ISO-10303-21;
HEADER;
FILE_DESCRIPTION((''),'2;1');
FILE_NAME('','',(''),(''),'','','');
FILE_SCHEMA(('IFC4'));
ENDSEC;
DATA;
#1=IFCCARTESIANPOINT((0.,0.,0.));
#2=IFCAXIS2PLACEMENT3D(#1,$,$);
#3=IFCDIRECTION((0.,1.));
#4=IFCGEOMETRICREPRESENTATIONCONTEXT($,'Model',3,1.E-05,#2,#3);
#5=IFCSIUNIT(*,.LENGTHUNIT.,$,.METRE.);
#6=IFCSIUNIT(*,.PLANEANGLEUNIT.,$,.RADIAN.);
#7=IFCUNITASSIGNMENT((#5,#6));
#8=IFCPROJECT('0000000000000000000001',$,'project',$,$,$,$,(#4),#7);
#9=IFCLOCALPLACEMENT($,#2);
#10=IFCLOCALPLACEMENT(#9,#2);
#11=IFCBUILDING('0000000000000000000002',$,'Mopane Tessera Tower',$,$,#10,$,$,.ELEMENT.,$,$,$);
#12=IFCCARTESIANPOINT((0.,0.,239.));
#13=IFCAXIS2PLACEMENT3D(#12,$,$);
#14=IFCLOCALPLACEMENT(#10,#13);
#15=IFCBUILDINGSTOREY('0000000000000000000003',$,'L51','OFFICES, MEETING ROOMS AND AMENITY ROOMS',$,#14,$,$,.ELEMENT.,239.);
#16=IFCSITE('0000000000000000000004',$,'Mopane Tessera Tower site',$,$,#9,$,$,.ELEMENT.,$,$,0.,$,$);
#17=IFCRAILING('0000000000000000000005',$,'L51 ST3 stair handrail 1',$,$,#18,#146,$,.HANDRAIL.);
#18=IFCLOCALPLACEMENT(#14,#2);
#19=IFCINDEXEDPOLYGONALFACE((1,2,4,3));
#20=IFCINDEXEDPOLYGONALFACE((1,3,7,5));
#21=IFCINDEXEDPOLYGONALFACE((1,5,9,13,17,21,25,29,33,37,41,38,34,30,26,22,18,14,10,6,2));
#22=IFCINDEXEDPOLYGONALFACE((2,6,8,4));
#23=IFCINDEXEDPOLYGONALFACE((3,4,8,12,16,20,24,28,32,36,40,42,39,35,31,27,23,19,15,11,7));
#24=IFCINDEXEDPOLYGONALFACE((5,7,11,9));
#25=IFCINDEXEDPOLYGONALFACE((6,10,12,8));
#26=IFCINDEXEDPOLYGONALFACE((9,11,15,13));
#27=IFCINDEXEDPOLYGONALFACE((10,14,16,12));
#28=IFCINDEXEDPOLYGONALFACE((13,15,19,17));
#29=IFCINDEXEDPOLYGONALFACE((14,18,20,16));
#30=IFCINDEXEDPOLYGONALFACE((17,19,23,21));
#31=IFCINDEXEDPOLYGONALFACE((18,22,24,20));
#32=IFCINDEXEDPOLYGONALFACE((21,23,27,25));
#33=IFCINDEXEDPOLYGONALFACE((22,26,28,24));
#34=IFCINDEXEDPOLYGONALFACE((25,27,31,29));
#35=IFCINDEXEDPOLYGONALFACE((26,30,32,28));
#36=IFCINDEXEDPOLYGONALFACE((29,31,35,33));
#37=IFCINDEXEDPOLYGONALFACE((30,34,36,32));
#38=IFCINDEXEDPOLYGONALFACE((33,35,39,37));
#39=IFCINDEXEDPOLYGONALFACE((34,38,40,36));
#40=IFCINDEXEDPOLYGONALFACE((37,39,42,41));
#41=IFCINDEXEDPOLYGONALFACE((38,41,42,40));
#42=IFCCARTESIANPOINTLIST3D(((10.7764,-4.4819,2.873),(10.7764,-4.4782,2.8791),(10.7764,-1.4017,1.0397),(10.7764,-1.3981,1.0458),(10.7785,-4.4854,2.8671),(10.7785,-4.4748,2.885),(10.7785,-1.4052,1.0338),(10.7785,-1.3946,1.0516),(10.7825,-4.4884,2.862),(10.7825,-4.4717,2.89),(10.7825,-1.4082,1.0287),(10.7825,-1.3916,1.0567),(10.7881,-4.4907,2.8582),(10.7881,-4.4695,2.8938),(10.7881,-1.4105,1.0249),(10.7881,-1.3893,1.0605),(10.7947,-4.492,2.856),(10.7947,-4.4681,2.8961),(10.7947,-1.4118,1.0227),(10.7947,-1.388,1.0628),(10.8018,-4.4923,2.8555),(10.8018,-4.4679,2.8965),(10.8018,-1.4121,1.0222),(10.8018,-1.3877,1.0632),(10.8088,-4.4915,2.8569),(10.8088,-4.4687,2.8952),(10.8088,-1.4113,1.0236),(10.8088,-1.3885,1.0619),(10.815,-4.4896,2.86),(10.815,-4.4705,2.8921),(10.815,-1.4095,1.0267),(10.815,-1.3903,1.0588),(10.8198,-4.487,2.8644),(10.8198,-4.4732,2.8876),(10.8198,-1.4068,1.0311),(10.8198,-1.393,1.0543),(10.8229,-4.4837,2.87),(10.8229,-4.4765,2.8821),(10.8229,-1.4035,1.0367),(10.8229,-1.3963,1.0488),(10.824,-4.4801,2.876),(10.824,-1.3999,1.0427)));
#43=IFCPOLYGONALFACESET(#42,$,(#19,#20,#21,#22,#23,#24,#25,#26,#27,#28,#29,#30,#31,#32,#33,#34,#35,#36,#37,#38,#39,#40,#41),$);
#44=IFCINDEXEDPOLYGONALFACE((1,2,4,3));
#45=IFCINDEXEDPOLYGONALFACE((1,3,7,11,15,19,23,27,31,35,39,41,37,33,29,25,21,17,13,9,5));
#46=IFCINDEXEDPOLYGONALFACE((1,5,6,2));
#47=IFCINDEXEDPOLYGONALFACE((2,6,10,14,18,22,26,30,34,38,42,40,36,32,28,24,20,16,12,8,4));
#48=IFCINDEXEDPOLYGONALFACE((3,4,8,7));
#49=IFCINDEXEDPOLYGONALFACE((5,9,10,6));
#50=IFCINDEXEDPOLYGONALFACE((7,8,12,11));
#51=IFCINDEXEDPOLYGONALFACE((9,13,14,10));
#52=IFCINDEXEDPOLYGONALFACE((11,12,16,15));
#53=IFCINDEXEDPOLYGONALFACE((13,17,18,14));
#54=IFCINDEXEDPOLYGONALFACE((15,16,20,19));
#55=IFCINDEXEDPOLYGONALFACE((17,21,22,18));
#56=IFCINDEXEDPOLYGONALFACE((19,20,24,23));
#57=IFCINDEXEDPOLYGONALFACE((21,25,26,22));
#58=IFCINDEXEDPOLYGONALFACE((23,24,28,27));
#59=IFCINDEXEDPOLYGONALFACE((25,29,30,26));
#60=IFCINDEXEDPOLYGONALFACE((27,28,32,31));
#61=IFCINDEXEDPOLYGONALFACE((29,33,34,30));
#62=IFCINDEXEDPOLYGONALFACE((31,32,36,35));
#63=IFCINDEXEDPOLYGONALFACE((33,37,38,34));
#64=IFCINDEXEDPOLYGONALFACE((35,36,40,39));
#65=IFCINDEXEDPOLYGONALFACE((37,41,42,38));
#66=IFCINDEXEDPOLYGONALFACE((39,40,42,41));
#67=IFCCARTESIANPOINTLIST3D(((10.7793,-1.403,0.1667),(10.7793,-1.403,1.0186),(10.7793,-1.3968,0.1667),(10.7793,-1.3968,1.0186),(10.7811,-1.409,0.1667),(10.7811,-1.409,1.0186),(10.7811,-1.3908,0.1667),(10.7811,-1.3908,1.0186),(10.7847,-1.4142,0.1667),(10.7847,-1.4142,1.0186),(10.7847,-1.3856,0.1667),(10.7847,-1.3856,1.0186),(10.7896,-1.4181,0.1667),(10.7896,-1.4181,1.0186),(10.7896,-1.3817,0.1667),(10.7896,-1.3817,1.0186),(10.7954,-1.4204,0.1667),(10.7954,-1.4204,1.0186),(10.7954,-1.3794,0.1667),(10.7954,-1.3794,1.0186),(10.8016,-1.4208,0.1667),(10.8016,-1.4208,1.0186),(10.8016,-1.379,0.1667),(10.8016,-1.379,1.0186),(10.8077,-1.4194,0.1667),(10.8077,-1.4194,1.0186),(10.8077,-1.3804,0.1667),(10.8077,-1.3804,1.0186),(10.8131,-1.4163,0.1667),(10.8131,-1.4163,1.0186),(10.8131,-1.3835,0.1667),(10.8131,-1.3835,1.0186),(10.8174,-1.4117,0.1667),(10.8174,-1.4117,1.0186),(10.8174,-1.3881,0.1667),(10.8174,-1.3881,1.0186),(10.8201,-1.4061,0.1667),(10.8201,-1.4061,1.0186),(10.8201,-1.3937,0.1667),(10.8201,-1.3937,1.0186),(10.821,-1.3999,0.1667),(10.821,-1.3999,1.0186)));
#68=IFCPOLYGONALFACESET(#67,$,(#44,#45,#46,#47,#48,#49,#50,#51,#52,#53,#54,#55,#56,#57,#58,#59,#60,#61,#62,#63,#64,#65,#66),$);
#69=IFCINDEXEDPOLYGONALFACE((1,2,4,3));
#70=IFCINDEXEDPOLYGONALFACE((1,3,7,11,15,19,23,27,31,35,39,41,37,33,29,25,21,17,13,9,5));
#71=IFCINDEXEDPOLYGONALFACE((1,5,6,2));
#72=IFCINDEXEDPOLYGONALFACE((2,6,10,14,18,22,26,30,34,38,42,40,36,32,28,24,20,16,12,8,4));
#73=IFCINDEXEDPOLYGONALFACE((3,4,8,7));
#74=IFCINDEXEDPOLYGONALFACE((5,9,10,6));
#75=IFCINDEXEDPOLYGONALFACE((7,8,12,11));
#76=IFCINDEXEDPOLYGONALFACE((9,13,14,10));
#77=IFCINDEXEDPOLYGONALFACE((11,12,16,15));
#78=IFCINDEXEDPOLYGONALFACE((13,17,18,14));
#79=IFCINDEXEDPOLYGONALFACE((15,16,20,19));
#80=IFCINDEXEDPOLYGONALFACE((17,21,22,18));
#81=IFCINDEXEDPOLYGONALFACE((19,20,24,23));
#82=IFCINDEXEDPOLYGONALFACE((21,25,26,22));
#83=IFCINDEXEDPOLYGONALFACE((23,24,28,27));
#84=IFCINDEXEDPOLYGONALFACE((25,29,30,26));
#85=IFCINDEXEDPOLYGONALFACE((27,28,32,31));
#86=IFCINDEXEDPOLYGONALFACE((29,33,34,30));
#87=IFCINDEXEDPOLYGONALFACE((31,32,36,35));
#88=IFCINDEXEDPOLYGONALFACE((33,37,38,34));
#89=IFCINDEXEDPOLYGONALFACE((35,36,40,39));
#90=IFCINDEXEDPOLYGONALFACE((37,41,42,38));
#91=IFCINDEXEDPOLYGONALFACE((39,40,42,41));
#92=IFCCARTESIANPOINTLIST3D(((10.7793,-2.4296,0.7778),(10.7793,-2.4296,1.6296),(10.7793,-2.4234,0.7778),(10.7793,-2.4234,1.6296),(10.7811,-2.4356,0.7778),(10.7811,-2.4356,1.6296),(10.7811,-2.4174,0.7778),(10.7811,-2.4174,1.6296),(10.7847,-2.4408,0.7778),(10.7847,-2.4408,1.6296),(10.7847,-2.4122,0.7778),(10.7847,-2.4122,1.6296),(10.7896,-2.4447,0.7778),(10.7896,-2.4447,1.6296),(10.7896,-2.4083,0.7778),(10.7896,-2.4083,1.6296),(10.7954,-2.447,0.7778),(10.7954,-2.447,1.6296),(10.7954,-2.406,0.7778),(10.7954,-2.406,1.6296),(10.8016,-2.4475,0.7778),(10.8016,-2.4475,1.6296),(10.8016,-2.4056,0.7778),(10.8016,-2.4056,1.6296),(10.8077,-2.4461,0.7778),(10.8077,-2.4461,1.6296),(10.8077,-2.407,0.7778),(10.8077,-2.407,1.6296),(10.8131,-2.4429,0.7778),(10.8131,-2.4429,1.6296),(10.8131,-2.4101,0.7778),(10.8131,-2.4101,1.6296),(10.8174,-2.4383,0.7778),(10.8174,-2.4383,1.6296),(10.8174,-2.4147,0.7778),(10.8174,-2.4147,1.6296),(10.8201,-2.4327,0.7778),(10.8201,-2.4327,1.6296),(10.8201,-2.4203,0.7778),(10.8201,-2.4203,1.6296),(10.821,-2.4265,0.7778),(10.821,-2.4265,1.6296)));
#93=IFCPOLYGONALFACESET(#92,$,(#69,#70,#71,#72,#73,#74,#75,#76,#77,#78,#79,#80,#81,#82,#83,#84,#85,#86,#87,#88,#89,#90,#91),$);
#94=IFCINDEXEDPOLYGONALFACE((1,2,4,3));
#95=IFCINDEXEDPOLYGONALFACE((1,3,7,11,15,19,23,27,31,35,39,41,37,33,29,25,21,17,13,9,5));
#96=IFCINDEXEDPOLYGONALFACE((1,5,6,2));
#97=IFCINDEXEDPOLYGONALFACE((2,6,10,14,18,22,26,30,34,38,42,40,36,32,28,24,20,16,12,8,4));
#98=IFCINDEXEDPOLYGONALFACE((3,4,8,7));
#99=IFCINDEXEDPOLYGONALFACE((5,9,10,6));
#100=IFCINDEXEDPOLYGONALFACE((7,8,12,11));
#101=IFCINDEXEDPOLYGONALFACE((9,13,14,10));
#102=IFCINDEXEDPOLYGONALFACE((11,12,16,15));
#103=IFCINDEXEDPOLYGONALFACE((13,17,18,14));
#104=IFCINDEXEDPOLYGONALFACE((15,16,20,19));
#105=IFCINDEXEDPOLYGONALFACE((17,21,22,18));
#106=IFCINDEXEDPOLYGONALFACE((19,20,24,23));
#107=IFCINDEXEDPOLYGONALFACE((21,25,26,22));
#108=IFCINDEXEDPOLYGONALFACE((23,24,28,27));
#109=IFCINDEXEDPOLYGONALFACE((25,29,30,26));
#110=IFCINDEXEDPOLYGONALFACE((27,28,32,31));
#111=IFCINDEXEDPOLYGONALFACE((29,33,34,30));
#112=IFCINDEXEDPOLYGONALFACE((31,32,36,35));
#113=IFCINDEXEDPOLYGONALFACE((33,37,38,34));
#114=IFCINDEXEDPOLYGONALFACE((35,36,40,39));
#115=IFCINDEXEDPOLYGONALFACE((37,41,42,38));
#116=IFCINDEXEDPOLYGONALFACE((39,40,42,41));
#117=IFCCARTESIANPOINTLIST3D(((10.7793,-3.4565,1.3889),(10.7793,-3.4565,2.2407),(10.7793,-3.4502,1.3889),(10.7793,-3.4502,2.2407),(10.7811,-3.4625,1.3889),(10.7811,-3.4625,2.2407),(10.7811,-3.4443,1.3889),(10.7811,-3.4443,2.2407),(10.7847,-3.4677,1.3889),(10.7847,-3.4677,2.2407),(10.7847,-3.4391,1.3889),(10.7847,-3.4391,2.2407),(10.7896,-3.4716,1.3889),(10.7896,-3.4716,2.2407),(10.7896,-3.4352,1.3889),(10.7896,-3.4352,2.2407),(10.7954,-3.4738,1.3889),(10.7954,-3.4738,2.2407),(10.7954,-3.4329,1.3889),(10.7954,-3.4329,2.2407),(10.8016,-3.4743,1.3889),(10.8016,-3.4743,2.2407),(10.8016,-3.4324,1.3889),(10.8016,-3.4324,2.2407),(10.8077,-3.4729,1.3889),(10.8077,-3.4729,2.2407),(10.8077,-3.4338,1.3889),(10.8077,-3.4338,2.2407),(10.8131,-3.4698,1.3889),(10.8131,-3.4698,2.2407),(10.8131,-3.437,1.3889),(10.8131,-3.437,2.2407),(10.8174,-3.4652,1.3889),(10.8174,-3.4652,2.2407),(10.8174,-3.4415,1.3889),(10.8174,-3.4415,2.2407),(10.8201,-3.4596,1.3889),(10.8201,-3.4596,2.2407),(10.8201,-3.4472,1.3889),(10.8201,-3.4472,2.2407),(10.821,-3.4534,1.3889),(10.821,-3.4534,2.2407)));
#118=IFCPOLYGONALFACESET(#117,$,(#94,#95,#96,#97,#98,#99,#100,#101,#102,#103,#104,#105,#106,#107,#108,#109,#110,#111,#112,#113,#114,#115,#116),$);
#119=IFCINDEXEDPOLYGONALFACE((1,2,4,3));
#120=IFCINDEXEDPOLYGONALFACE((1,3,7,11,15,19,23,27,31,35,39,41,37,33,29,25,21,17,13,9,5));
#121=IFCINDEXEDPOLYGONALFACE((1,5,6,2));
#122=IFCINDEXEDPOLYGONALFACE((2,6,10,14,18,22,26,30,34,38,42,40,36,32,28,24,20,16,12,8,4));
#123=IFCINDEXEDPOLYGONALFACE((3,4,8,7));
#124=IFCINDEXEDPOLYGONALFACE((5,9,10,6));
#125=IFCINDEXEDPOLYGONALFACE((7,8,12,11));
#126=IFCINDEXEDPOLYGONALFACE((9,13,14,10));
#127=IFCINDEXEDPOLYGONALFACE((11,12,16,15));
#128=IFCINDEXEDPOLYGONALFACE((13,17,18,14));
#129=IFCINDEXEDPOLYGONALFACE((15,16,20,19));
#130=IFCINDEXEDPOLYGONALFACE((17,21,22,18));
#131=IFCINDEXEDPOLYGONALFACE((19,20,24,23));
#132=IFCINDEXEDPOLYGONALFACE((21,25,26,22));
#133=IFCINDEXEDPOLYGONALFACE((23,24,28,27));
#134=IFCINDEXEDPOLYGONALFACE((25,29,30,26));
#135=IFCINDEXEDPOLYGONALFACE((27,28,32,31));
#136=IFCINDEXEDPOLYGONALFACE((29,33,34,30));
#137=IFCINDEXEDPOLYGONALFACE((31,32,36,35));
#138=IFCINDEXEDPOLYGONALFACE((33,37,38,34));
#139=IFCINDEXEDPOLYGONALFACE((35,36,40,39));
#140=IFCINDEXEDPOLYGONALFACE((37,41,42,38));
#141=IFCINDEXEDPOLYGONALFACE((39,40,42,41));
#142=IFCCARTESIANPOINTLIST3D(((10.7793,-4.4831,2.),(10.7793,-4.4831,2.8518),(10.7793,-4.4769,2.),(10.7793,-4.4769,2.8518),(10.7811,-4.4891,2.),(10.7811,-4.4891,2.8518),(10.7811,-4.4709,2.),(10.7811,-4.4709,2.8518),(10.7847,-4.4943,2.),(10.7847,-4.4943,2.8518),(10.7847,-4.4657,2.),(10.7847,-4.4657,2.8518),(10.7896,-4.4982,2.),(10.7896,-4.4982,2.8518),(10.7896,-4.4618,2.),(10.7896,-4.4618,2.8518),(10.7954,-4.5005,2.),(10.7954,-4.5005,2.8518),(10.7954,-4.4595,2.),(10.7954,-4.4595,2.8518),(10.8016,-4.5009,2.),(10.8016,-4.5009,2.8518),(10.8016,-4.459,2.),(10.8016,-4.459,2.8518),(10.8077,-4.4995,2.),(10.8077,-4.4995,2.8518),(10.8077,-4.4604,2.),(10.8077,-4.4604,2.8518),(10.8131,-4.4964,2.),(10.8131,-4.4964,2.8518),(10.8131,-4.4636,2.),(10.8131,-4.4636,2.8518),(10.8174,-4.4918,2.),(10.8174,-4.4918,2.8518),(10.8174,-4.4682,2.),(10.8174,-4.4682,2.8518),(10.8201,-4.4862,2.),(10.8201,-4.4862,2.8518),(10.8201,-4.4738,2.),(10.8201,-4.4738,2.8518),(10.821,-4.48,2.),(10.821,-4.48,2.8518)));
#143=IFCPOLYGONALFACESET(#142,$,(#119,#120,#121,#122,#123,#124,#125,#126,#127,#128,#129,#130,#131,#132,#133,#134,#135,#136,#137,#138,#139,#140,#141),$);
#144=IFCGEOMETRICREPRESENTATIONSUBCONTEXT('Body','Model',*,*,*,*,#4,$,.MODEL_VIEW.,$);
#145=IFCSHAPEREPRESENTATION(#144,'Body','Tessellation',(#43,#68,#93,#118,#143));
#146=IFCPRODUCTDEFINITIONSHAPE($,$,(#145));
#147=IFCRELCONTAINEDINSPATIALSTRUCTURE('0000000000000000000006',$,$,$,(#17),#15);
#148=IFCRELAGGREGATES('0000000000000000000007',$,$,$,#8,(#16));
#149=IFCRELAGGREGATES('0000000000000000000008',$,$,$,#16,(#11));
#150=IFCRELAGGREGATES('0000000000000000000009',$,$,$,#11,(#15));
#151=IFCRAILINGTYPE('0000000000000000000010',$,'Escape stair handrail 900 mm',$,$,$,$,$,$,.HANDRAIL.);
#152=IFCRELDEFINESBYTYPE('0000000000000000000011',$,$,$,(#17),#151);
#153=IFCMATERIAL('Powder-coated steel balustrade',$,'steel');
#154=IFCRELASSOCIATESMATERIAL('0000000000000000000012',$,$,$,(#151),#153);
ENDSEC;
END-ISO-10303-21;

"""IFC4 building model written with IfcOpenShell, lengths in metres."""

from ifc_helpers import new_model, si_unit, direction, frame, origin, origin_2d, place, context, subcontext, project, spatial, circle, extrude, material, type_object, element, save


model = new_model("IFC4")

# Units and contexts
model_context = context("Model", 3, precision=1e-05, world=origin(), true_north=direction((0.0, 1.0)))
body_context = subcontext(model_context, "Body", "Model", "MODEL_VIEW")
ifc_project = project(units=[si_unit("LENGTHUNIT", "METRE"), si_unit("PLANEANGLEUNIT", "RADIAN")], contexts=[model_context])

# Site, building, storey
site_placement = place(None, origin())
site = spatial("IfcSite", under=ifc_project, at=site_placement, Name="Mopane Tessera Tower site", CompositionType="ELEMENT", RefElevation=0.0)
building_placement = place(site_placement, origin())
building = spatial("IfcBuilding", under=site, at=building_placement, Name="Mopane Tessera Tower", CompositionType="ELEMENT")
storey_placement = place(building_placement, frame((0.0, 0.0, 239.0)))
storey = spatial("IfcBuildingStorey", under=building, at=storey_placement, Name="L51", Description="OFFICES, MEETING ROOMS AND AMENITY ROOMS", CompositionType="ELEMENT", Elevation=239.0)

# Railing
ifc_material_1 = material(Name="Powder-coated steel balustrade", Category="steel")
railing_type_1 = type_object("IfcRailingType", Name="Escape stair handrail 900 mm", PredefinedType="HANDRAIL", material=ifc_material_1)
railing_1_placement = place(storey_placement, frame((10.8, -1.3999, 0.1667)))
element("IfcRailing", 1, at=railing_1_placement, inside=storey, type_object=railing_type_1, Name="L51 ST3 stair handrail 1", PredefinedType="HANDRAIL", context=body_context, shape_type="SweptSolid", body=[
    extrude(circle(Radius=0.0239, at=origin_2d()), frame((0.0, 0.0, 0.876), z_axis=(0.0, -0.859309, 0.511458), x_axis=(1.0, 0.0, 0.0)), (0.0, 0.0, 1.0), 3.5845),
    extrude(circle(Radius=0.021, at=origin_2d()), origin(), (0.0, 0.0, 1.0), 0.8518),
    extrude(circle(Radius=0.021, at=origin_2d()), frame((0.0, -1.0266, 0.6111)), (0.0, 0.0, 1.0), 0.8518),
    extrude(circle(Radius=0.021, at=origin_2d()), frame((0.0, -2.0535, 1.2222)), (0.0, 0.0, 1.0), 0.8518),
    extrude(circle(Radius=0.021, at=origin_2d()), frame((0.0, -3.0801, 1.8333)), (0.0, 0.0, 1.0), 0.8518),
])

save(model, "model.ifc")
